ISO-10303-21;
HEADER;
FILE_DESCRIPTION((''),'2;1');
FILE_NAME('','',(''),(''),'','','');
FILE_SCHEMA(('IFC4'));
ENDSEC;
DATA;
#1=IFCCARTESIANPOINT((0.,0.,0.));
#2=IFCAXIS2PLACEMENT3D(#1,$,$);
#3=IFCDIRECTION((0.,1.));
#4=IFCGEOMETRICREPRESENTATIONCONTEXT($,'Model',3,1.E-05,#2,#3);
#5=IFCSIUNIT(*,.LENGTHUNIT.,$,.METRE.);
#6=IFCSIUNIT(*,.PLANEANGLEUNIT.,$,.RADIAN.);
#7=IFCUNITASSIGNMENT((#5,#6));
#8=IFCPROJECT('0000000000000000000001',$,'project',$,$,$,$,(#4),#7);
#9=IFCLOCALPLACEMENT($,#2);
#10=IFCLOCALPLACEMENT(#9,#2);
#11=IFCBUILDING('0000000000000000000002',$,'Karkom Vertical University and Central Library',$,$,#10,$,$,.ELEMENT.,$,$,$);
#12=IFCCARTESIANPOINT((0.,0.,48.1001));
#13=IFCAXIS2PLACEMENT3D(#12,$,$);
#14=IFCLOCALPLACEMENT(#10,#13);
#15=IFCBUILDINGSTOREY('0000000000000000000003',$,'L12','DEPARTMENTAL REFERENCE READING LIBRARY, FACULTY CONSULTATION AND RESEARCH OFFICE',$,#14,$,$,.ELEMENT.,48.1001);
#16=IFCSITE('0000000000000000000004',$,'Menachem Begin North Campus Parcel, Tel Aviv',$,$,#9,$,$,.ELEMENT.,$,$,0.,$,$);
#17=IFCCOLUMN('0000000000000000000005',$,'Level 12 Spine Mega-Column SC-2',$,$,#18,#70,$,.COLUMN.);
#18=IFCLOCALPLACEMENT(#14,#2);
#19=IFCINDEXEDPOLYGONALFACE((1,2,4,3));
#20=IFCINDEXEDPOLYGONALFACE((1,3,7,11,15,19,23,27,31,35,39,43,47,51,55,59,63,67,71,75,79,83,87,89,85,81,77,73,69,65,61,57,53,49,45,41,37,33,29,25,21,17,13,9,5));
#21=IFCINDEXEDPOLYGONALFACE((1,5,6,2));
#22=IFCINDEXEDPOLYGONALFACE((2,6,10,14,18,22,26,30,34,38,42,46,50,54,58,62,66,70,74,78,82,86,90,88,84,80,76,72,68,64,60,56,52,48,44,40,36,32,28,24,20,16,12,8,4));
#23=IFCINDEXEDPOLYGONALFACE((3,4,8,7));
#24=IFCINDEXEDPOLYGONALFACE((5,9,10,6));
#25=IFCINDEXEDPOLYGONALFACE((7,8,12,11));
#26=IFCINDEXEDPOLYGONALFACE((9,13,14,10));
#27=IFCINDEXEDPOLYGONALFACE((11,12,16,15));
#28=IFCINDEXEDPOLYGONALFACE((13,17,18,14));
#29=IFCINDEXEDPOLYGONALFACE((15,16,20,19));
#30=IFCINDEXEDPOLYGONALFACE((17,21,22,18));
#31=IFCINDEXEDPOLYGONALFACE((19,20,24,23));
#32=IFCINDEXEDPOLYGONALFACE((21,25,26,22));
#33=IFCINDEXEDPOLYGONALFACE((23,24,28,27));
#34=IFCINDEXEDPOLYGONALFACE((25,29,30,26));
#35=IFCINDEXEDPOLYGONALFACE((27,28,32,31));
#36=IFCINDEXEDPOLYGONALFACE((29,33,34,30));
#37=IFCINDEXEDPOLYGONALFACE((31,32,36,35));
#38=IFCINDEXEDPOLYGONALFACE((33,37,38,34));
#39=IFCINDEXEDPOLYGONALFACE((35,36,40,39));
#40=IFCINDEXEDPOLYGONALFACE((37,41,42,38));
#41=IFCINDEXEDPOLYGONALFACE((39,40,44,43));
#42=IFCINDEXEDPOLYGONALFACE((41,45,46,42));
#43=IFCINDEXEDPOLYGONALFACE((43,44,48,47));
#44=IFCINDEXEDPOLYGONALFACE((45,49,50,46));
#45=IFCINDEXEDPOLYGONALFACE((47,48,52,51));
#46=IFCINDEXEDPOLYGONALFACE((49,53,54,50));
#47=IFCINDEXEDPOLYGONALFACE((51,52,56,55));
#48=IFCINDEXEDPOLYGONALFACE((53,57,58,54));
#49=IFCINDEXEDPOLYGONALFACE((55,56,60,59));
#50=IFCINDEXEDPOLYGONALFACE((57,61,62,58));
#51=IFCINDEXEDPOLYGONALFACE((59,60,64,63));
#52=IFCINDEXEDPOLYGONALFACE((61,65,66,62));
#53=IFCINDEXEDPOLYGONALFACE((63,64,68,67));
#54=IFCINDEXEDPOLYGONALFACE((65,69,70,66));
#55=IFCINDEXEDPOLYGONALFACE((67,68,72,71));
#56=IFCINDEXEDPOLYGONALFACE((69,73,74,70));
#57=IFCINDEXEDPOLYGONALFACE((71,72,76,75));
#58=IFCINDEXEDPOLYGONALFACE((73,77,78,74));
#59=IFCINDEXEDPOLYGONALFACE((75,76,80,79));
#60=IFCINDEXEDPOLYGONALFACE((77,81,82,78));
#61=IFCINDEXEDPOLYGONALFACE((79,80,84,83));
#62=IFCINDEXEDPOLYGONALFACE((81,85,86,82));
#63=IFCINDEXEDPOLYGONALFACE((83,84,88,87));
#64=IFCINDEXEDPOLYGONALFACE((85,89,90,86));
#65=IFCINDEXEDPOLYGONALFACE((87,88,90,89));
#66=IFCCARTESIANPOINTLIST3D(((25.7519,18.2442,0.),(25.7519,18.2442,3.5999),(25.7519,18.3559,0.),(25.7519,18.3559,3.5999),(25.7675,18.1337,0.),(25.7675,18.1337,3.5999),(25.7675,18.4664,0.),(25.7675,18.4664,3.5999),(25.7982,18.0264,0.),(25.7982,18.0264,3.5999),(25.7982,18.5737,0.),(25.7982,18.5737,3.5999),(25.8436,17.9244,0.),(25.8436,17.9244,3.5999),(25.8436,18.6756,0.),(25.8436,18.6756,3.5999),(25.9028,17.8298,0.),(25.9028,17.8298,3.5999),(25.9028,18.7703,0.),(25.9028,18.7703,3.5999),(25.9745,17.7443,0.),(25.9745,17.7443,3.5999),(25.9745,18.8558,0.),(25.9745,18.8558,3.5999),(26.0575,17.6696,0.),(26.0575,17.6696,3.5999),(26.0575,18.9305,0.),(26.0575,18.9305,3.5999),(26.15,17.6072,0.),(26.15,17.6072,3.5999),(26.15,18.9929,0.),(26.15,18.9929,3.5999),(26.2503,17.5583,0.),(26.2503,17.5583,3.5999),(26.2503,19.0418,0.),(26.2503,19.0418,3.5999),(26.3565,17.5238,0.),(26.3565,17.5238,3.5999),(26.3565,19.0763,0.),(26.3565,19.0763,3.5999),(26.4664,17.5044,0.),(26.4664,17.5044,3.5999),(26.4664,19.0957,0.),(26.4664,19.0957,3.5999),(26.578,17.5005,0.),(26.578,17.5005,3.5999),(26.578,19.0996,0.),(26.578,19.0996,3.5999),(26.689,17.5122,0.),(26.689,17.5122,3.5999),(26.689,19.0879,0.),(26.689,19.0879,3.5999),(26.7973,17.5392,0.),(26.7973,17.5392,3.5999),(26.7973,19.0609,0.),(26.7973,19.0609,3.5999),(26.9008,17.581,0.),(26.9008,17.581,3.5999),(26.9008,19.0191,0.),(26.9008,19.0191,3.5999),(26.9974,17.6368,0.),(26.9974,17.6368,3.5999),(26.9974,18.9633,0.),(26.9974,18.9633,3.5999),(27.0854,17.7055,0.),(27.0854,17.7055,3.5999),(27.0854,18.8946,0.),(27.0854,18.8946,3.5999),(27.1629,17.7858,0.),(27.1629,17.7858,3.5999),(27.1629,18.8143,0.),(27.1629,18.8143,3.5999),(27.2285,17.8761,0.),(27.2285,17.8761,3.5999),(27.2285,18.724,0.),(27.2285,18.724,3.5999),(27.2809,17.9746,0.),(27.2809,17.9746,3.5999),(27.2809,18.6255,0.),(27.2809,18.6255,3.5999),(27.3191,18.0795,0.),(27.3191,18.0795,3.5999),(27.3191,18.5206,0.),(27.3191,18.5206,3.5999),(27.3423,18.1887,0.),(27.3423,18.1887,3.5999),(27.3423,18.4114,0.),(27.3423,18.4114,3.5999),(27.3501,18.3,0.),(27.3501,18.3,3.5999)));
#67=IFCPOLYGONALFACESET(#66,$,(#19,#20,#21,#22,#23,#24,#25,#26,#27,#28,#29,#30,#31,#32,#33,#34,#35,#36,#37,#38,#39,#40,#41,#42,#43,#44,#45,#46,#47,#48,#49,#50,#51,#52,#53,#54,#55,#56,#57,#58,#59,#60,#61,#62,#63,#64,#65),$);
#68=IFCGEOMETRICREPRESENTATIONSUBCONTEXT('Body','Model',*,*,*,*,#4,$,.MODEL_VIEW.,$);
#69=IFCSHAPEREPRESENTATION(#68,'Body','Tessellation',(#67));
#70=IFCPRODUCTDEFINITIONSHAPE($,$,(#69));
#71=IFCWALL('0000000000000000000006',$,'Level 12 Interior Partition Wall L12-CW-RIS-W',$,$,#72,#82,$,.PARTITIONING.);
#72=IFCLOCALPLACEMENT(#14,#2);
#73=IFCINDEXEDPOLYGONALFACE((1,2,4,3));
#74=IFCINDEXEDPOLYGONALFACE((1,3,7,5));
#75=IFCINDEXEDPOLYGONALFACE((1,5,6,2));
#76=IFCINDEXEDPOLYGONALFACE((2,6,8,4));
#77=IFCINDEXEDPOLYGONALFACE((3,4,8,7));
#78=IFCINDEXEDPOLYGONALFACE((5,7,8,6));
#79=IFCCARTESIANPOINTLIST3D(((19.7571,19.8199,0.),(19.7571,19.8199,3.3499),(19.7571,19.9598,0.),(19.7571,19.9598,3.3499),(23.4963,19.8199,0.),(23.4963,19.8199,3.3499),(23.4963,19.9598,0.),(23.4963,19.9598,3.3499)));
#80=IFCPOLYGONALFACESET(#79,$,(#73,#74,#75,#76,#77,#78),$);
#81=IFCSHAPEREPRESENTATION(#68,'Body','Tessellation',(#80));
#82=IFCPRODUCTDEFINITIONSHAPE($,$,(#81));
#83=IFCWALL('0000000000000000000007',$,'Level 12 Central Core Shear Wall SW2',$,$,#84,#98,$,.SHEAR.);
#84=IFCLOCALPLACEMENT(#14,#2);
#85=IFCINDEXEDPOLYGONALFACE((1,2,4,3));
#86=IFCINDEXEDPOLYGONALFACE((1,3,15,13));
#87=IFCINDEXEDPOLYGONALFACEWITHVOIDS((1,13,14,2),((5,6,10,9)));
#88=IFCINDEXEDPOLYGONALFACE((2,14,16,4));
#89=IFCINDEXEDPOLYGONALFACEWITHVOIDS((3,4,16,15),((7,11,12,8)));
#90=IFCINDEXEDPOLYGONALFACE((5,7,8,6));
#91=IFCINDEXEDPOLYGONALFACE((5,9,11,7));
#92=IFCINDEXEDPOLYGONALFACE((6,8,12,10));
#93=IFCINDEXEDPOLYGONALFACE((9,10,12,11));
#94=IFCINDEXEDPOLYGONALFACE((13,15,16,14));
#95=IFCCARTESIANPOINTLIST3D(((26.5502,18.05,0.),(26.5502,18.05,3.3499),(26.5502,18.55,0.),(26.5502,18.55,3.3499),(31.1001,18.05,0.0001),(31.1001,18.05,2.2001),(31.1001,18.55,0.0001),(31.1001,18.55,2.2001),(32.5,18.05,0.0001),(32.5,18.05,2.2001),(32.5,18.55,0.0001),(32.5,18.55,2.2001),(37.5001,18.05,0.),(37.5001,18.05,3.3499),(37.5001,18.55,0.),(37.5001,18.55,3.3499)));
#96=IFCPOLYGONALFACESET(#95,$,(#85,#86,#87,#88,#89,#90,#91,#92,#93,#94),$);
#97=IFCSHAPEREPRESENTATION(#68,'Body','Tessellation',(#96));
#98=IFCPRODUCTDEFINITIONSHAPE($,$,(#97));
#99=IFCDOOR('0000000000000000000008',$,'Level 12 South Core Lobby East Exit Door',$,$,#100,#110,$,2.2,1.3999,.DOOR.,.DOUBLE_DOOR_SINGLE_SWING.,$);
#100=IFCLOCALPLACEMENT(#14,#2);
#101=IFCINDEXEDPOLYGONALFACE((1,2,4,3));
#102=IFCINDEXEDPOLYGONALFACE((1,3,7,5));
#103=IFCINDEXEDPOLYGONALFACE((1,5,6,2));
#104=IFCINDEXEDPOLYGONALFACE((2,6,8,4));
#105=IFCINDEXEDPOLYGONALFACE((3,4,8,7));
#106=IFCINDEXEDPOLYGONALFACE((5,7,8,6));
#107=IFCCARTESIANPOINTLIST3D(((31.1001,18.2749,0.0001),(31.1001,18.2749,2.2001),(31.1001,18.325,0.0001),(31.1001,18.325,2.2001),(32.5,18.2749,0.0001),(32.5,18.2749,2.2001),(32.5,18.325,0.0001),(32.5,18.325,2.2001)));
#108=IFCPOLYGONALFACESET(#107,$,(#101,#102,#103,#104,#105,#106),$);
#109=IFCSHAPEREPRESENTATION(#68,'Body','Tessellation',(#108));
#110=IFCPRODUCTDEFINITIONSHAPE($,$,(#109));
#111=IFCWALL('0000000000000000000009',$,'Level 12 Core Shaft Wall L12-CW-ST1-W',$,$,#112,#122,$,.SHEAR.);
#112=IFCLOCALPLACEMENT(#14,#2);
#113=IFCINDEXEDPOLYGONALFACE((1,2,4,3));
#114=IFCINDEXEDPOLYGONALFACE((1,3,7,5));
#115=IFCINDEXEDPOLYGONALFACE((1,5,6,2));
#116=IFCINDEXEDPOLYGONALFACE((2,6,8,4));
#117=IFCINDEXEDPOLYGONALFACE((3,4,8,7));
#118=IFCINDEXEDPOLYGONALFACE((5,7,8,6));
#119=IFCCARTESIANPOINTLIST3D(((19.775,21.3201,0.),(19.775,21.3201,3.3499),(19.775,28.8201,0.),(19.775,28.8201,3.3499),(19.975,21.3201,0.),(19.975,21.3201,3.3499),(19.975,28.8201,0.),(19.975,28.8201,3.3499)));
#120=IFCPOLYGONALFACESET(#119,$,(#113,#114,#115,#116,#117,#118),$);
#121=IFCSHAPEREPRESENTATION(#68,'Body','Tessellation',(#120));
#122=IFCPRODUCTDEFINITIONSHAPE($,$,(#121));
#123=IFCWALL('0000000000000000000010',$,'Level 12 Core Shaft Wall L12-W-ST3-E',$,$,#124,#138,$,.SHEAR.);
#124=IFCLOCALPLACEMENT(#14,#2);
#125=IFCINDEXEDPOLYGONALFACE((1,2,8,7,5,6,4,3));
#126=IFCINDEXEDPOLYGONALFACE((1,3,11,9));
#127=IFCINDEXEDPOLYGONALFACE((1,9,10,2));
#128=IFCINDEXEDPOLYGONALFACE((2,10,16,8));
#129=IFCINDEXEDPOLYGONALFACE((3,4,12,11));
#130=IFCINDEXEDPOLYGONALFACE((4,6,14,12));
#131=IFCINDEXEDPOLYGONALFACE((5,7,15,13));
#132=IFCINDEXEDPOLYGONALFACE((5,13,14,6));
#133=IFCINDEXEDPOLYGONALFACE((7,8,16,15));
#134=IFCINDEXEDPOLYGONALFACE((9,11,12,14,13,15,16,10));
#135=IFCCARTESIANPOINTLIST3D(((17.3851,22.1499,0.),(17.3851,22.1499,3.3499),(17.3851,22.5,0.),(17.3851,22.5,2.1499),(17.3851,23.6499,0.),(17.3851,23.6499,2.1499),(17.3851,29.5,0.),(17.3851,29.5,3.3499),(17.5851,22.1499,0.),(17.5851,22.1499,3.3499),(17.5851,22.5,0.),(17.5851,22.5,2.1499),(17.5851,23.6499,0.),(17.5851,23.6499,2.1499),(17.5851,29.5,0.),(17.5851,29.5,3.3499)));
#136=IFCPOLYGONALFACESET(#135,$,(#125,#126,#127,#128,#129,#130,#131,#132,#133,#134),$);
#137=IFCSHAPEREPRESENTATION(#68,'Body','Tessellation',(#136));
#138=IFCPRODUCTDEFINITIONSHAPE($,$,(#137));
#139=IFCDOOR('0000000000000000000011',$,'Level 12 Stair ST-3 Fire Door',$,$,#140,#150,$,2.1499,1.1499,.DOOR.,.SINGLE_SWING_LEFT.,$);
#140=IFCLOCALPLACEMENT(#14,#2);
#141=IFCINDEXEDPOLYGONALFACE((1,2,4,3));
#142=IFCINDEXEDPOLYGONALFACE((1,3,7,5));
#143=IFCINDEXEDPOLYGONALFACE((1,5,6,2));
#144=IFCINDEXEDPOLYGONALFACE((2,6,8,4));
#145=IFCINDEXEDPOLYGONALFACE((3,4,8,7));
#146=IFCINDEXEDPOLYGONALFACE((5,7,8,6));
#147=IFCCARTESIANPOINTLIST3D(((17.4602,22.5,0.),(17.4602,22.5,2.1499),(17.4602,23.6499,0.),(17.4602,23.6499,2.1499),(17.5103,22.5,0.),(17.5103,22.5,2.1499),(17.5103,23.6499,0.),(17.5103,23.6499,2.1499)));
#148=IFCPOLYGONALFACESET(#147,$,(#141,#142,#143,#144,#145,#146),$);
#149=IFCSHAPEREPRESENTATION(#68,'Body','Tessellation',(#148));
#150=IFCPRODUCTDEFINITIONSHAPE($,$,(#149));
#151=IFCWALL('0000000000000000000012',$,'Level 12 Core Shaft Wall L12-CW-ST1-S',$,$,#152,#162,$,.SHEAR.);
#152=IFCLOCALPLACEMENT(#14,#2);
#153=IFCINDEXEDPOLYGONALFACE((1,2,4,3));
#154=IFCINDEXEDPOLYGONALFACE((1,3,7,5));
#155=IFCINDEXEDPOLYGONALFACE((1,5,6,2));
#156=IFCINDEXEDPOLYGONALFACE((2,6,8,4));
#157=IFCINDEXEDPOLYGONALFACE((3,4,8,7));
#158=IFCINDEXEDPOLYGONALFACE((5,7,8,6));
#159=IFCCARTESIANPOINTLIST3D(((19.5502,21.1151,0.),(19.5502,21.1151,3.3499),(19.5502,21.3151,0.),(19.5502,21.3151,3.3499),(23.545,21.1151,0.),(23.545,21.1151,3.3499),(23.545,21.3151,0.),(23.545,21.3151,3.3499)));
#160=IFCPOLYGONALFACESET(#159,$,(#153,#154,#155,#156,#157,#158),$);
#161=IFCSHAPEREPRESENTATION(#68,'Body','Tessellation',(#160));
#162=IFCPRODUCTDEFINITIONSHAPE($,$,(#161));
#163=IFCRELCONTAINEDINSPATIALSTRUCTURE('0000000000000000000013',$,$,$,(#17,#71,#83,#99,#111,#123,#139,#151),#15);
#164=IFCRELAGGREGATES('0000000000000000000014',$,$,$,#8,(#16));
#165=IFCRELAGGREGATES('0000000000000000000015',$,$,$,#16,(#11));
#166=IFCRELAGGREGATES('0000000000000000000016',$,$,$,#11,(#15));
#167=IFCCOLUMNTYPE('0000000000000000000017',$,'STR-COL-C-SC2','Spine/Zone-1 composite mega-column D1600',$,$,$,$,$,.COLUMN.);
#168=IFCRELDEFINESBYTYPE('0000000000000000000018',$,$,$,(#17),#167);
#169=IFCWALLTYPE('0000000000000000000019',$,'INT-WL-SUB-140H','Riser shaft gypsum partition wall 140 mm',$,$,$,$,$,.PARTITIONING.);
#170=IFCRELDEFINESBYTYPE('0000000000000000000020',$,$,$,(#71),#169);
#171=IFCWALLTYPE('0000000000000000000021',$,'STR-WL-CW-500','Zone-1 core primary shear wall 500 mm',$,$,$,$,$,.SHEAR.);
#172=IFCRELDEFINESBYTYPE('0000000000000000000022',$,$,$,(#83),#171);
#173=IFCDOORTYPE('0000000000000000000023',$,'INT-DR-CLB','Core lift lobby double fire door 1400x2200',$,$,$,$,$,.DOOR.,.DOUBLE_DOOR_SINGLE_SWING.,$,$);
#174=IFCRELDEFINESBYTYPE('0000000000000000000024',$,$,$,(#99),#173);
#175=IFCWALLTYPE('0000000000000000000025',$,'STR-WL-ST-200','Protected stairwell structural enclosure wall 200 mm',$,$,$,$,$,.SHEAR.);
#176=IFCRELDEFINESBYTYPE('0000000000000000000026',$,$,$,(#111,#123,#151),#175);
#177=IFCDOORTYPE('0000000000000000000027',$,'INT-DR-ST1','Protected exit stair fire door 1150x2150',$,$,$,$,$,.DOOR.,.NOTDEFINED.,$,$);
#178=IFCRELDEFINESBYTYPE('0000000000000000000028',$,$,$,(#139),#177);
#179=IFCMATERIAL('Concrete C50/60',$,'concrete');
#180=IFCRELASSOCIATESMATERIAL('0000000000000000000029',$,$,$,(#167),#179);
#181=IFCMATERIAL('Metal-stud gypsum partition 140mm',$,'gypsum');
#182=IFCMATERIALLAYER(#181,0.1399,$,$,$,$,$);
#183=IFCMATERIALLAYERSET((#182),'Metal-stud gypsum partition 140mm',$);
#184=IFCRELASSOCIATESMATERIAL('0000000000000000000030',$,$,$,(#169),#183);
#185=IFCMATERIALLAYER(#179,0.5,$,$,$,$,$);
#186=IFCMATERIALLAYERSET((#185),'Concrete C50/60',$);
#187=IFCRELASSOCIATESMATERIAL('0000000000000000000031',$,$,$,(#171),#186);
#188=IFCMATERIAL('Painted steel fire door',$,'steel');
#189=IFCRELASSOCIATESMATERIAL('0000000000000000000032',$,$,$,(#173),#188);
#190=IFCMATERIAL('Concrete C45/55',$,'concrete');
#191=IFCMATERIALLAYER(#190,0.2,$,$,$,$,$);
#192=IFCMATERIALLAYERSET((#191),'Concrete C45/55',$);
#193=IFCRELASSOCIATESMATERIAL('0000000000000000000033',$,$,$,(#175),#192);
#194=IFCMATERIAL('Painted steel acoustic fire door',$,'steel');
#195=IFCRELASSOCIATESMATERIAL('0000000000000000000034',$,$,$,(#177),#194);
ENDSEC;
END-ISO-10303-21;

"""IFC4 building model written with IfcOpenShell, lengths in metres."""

from ifc_helpers import new_model, si_unit, direction, frame, frame_2d, origin, origin_with_axes, origin_2d, place, context, subcontext, project, spatial, rectangle, circle, extrude, source, transform, mapped, material, layer, layer_set, material_profile, profile_set, type_object, element, fill, save


model = new_model("IFC4")

# Units and contexts
model_context = context("Model", 3, precision=1e-05, world=origin(), true_north=direction((0.0, 1.0)))
body_context = subcontext(model_context, "Body", "Model", "MODEL_VIEW")
ifc_project = project(units=[si_unit("LENGTHUNIT", "METRE"), si_unit("PLANEANGLEUNIT", "RADIAN")], contexts=[model_context])

# Site, building, storey
site_placement = place(None, origin())
site = spatial("IfcSite", under=ifc_project, at=site_placement, Name="Menachem Begin North Campus Parcel, Tel Aviv", CompositionType="ELEMENT", RefElevation=0.0)
building_placement = place(site_placement, origin())
building = spatial("IfcBuilding", under=site, at=building_placement, Name="Karkom Vertical University and Central Library", CompositionType="ELEMENT")
storey_placement = place(building_placement, frame((0.0, 0.0, 48.1001)))
storey = spatial("IfcBuildingStorey", under=building, at=storey_placement, Name="L12", Description="DEPARTMENTAL REFERENCE READING LIBRARY, FACULTY CONSULTATION AND RESEARCH OFFICE", CompositionType="ELEMENT", Elevation=48.1001)

# Column
ifc_material_1 = material(Name="Concrete C50/60", Category="concrete")
ifc_material_profile = material_profile(ifc_material_1, circle(Radius=0.8, at=origin_2d()), Name="CFT-D1600")
ifc_profile_set = profile_set([ifc_material_profile], Name="Concrete C50/60")
column_type = type_object("IfcColumnType", Name="STR-COL-C-SC2", Description="Spine/Zone-1 composite mega-column D1600", PredefinedType="COLUMN", material=ifc_profile_set)
shared_shape_1 = source(origin_with_axes(), body_context, "Body", "SweptSolid", [
    extrude(circle(Radius=0.8, at=origin_2d()), origin(), (0.0, 0.0, 1.0), 3.5999),
])
column_placement = place(storey_placement, frame((26.55, 18.3, 0.0), z_axis=(0.0, 0.0, 1.0), x_axis=(1.0, 0.0, 0.0)))
element("IfcColumn", 1, at=column_placement, inside=storey, type_object=column_type, Name="Level 12 Spine Mega-Column SC-2", PredefinedType="COLUMN", context=body_context, shape_type="MappedRepresentation", body=[
    mapped(shared_shape_1, transform((0.0, 0.0, 0.0), scale=1.0)),
])

# Wall
ifc_material_2 = material(Name="Metal-stud gypsum partition 140mm", Category="gypsum")
ifc_layer_1 = layer(ifc_material_2, 0.1399)
ifc_layer_set_1 = layer_set([ifc_layer_1], Name="Metal-stud gypsum partition 140mm")
wall_type_1 = type_object("IfcWallType", Name="INT-WL-SUB-140H", Description="Riser shaft gypsum partition wall 140 mm", PredefinedType="PARTITIONING", material=ifc_layer_set_1)
wall_1_placement = place(storey_placement, frame((19.7571, 19.8899, 0.0), z_axis=(0.0, 0.0, 1.0), x_axis=(1.0, 0.0, 0.0)))
element("IfcWall", 2, at=wall_1_placement, inside=storey, type_object=wall_type_1, Name="Level 12 Interior Partition Wall L12-CW-RIS-W", PredefinedType="PARTITIONING", context=body_context, shape_type="SweptSolid", body=[
    extrude(rectangle(XDim=3.7393, YDim=0.1399, at=frame_2d((1.8696, 0.0))), origin(), (0.0, 0.0, 1.0), 3.3499),
])

# Wall, opening, door
ifc_layer_2 = layer(ifc_material_1, 0.5)
ifc_layer_set_2 = layer_set([ifc_layer_2], Name="Concrete C50/60")
wall_type_2 = type_object("IfcWallType", Name="STR-WL-CW-500", Description="Zone-1 core primary shear wall 500 mm", PredefinedType="SHEAR", material=ifc_layer_set_2)
wall_2_placement = place(storey_placement, frame((26.55, 18.3, 0.0), z_axis=(0.0, 0.0, 1.0), x_axis=(1.0, 0.0, 0.0)))
wall_2 = element("IfcWall", 3, at=wall_2_placement, inside=storey, type_object=wall_type_2, Name="Level 12 Central Core Shear Wall SW2", PredefinedType="SHEAR", context=body_context, shape_type="SweptSolid", body=[
    extrude(rectangle(XDim=10.95, YDim=0.5, at=frame_2d((5.4751, 0.0))), origin(), (0.0, 0.0, 1.0), 3.3499),
])
opening_1_placement = place(wall_2_placement, frame((4.55, 0.0, 0.0)))
opening_1 = element("IfcOpeningElement", 4, at=opening_1_placement, cuts=wall_2, PredefinedType="OPENING", context=body_context, shape_type="SweptSolid", body=[
    extrude(rectangle(XDim=1.3999, YDim=2.2, at=frame_2d((0.7, 1.1001))), frame((0.0, 0.26, 0.0), z_axis=(0.0, -1.0, 0.0), x_axis=(1.0, 0.0, 0.0)), (0.0, 0.0, 1.0), 0.52),
])
ifc_material_3 = material(Name="Painted steel fire door", Category="steel")
door_type_1 = type_object("IfcDoorType", Name="INT-DR-CLB", Description="Core lift lobby double fire door 1400x2200", OperationType="DOUBLE_DOOR_SINGLE_SWING", PredefinedType="DOOR", material=ifc_material_3)
shared_shape_2 = source(origin_with_axes(), body_context, "Body", "SweptSolid", [
    extrude(rectangle(XDim=1.3999, YDim=2.2, at=frame_2d((0.7, 1.1001))), frame((0.0, 0.0249, 0.0), z_axis=(0.0, -1.0, 0.0), x_axis=(1.0, 0.0, 0.0)), (0.0, 0.0, 1.0), 0.05),
])
door_1_placement = place(opening_1_placement, origin())
door_1 = element("IfcDoor", 5, at=door_1_placement, inside=storey, type_object=door_type_1, Name="Level 12 South Core Lobby East Exit Door", OperationType="DOUBLE_DOOR_SINGLE_SWING", OverallHeight=2.2, OverallWidth=1.3999, PredefinedType="DOOR", context=body_context, shape_type="MappedRepresentation", body=[
    mapped(shared_shape_2, transform((0.0, 0.0, 0.0), scale=1.0)),
])
fill(opening_1, door_1)

# Shared definitions
ifc_material_4 = material(Name="Concrete C45/55", Category="concrete")
ifc_layer_3 = layer(ifc_material_4, 0.2)
ifc_layer_set_3 = layer_set([ifc_layer_3], Name="Concrete C45/55")
wall_type_3 = type_object("IfcWallType", Name="STR-WL-ST-200", Description="Protected stairwell structural enclosure wall 200 mm", PredefinedType="SHEAR", material=ifc_layer_set_3)
ifc_material_5 = material(Name="Painted steel acoustic fire door", Category="steel")
door_type_2 = type_object("IfcDoorType", Name="INT-DR-ST1", Description="Protected exit stair fire door 1150x2150", OperationType="NOTDEFINED", PredefinedType="DOOR", material=ifc_material_5)
shared_shape_3 = source(origin_with_axes(), body_context, "Body", "SweptSolid", [
    extrude(rectangle(XDim=1.1499, YDim=2.1499, at=frame_2d((0.575, 1.075))), frame((0.0, 0.0249, 0.0), z_axis=(0.0, -1.0, 0.0), x_axis=(1.0, 0.0, 0.0)), (0.0, 0.0, 1.0), 0.05),
])

# Wall
wall_3_placement = place(storey_placement, frame((19.875, 21.3201, 0.0), z_axis=(0.0, 0.0, 1.0), x_axis=(0.0, 1.0, 0.0)))
element("IfcWall", 6, at=wall_3_placement, inside=storey, type_object=wall_type_3, Name="Level 12 Core Shaft Wall L12-CW-ST1-W", PredefinedType="SHEAR", context=body_context, shape_type="SweptSolid", body=[
    extrude(rectangle(XDim=7.5, YDim=0.2, at=frame_2d((3.75, 0.0))), origin(), (0.0, 0.0, 1.0), 3.3499),
])

# Wall, opening, door
wall_4_placement = place(storey_placement, frame((17.4851, 22.1499, 0.0), z_axis=(0.0, 0.0, 1.0), x_axis=(0.0, 1.0, 0.0)))
wall_4 = element("IfcWall", 7, at=wall_4_placement, inside=storey, type_object=wall_type_3, Name="Level 12 Core Shaft Wall L12-W-ST3-E", PredefinedType="SHEAR", context=body_context, shape_type="SweptSolid", body=[
    extrude(rectangle(XDim=7.3501, YDim=0.2, at=frame_2d((3.675, 0.0))), origin(), (0.0, 0.0, 1.0), 3.3499),
])
opening_2_placement = place(wall_4_placement, frame((0.3501, 0.0, 0.0)))
opening_2 = element("IfcOpeningElement", 8, at=opening_2_placement, cuts=wall_4, PredefinedType="OPENING", context=body_context, shape_type="SweptSolid", body=[
    extrude(rectangle(XDim=1.1499, YDim=2.1499, at=frame_2d((0.575, 1.075))), frame((0.0, 0.1099, 0.0), z_axis=(0.0, -1.0, 0.0), x_axis=(1.0, 0.0, 0.0)), (0.0, 0.0, 1.0), 0.22),
])
door_2_placement = place(opening_2_placement, origin())
door_2 = element("IfcDoor", 9, at=door_2_placement, inside=storey, type_object=door_type_2, Name="Level 12 Stair ST-3 Fire Door", OperationType="SINGLE_SWING_LEFT", OverallHeight=2.1499, OverallWidth=1.1499, PredefinedType="DOOR", context=body_context, shape_type="MappedRepresentation", body=[
    mapped(shared_shape_3, transform((0.0, 0.0, 0.0), scale=1.0)),
])
fill(opening_2, door_2)

# Wall
wall_5_placement = place(storey_placement, frame((19.55, 21.2151, 0.0), z_axis=(0.0, 0.0, 1.0), x_axis=(1.0, 0.0, 0.0)))
element("IfcWall", 10, at=wall_5_placement, inside=storey, type_object=wall_type_3, Name="Level 12 Core Shaft Wall L12-CW-ST1-S", PredefinedType="SHEAR", context=body_context, shape_type="SweptSolid", body=[
    extrude(rectangle(XDim=3.9949, YDim=0.2, at=frame_2d((1.9976, 0.0))), origin(), (0.0, 0.0, 1.0), 3.3499),
])

save(model, "model.ifc")
